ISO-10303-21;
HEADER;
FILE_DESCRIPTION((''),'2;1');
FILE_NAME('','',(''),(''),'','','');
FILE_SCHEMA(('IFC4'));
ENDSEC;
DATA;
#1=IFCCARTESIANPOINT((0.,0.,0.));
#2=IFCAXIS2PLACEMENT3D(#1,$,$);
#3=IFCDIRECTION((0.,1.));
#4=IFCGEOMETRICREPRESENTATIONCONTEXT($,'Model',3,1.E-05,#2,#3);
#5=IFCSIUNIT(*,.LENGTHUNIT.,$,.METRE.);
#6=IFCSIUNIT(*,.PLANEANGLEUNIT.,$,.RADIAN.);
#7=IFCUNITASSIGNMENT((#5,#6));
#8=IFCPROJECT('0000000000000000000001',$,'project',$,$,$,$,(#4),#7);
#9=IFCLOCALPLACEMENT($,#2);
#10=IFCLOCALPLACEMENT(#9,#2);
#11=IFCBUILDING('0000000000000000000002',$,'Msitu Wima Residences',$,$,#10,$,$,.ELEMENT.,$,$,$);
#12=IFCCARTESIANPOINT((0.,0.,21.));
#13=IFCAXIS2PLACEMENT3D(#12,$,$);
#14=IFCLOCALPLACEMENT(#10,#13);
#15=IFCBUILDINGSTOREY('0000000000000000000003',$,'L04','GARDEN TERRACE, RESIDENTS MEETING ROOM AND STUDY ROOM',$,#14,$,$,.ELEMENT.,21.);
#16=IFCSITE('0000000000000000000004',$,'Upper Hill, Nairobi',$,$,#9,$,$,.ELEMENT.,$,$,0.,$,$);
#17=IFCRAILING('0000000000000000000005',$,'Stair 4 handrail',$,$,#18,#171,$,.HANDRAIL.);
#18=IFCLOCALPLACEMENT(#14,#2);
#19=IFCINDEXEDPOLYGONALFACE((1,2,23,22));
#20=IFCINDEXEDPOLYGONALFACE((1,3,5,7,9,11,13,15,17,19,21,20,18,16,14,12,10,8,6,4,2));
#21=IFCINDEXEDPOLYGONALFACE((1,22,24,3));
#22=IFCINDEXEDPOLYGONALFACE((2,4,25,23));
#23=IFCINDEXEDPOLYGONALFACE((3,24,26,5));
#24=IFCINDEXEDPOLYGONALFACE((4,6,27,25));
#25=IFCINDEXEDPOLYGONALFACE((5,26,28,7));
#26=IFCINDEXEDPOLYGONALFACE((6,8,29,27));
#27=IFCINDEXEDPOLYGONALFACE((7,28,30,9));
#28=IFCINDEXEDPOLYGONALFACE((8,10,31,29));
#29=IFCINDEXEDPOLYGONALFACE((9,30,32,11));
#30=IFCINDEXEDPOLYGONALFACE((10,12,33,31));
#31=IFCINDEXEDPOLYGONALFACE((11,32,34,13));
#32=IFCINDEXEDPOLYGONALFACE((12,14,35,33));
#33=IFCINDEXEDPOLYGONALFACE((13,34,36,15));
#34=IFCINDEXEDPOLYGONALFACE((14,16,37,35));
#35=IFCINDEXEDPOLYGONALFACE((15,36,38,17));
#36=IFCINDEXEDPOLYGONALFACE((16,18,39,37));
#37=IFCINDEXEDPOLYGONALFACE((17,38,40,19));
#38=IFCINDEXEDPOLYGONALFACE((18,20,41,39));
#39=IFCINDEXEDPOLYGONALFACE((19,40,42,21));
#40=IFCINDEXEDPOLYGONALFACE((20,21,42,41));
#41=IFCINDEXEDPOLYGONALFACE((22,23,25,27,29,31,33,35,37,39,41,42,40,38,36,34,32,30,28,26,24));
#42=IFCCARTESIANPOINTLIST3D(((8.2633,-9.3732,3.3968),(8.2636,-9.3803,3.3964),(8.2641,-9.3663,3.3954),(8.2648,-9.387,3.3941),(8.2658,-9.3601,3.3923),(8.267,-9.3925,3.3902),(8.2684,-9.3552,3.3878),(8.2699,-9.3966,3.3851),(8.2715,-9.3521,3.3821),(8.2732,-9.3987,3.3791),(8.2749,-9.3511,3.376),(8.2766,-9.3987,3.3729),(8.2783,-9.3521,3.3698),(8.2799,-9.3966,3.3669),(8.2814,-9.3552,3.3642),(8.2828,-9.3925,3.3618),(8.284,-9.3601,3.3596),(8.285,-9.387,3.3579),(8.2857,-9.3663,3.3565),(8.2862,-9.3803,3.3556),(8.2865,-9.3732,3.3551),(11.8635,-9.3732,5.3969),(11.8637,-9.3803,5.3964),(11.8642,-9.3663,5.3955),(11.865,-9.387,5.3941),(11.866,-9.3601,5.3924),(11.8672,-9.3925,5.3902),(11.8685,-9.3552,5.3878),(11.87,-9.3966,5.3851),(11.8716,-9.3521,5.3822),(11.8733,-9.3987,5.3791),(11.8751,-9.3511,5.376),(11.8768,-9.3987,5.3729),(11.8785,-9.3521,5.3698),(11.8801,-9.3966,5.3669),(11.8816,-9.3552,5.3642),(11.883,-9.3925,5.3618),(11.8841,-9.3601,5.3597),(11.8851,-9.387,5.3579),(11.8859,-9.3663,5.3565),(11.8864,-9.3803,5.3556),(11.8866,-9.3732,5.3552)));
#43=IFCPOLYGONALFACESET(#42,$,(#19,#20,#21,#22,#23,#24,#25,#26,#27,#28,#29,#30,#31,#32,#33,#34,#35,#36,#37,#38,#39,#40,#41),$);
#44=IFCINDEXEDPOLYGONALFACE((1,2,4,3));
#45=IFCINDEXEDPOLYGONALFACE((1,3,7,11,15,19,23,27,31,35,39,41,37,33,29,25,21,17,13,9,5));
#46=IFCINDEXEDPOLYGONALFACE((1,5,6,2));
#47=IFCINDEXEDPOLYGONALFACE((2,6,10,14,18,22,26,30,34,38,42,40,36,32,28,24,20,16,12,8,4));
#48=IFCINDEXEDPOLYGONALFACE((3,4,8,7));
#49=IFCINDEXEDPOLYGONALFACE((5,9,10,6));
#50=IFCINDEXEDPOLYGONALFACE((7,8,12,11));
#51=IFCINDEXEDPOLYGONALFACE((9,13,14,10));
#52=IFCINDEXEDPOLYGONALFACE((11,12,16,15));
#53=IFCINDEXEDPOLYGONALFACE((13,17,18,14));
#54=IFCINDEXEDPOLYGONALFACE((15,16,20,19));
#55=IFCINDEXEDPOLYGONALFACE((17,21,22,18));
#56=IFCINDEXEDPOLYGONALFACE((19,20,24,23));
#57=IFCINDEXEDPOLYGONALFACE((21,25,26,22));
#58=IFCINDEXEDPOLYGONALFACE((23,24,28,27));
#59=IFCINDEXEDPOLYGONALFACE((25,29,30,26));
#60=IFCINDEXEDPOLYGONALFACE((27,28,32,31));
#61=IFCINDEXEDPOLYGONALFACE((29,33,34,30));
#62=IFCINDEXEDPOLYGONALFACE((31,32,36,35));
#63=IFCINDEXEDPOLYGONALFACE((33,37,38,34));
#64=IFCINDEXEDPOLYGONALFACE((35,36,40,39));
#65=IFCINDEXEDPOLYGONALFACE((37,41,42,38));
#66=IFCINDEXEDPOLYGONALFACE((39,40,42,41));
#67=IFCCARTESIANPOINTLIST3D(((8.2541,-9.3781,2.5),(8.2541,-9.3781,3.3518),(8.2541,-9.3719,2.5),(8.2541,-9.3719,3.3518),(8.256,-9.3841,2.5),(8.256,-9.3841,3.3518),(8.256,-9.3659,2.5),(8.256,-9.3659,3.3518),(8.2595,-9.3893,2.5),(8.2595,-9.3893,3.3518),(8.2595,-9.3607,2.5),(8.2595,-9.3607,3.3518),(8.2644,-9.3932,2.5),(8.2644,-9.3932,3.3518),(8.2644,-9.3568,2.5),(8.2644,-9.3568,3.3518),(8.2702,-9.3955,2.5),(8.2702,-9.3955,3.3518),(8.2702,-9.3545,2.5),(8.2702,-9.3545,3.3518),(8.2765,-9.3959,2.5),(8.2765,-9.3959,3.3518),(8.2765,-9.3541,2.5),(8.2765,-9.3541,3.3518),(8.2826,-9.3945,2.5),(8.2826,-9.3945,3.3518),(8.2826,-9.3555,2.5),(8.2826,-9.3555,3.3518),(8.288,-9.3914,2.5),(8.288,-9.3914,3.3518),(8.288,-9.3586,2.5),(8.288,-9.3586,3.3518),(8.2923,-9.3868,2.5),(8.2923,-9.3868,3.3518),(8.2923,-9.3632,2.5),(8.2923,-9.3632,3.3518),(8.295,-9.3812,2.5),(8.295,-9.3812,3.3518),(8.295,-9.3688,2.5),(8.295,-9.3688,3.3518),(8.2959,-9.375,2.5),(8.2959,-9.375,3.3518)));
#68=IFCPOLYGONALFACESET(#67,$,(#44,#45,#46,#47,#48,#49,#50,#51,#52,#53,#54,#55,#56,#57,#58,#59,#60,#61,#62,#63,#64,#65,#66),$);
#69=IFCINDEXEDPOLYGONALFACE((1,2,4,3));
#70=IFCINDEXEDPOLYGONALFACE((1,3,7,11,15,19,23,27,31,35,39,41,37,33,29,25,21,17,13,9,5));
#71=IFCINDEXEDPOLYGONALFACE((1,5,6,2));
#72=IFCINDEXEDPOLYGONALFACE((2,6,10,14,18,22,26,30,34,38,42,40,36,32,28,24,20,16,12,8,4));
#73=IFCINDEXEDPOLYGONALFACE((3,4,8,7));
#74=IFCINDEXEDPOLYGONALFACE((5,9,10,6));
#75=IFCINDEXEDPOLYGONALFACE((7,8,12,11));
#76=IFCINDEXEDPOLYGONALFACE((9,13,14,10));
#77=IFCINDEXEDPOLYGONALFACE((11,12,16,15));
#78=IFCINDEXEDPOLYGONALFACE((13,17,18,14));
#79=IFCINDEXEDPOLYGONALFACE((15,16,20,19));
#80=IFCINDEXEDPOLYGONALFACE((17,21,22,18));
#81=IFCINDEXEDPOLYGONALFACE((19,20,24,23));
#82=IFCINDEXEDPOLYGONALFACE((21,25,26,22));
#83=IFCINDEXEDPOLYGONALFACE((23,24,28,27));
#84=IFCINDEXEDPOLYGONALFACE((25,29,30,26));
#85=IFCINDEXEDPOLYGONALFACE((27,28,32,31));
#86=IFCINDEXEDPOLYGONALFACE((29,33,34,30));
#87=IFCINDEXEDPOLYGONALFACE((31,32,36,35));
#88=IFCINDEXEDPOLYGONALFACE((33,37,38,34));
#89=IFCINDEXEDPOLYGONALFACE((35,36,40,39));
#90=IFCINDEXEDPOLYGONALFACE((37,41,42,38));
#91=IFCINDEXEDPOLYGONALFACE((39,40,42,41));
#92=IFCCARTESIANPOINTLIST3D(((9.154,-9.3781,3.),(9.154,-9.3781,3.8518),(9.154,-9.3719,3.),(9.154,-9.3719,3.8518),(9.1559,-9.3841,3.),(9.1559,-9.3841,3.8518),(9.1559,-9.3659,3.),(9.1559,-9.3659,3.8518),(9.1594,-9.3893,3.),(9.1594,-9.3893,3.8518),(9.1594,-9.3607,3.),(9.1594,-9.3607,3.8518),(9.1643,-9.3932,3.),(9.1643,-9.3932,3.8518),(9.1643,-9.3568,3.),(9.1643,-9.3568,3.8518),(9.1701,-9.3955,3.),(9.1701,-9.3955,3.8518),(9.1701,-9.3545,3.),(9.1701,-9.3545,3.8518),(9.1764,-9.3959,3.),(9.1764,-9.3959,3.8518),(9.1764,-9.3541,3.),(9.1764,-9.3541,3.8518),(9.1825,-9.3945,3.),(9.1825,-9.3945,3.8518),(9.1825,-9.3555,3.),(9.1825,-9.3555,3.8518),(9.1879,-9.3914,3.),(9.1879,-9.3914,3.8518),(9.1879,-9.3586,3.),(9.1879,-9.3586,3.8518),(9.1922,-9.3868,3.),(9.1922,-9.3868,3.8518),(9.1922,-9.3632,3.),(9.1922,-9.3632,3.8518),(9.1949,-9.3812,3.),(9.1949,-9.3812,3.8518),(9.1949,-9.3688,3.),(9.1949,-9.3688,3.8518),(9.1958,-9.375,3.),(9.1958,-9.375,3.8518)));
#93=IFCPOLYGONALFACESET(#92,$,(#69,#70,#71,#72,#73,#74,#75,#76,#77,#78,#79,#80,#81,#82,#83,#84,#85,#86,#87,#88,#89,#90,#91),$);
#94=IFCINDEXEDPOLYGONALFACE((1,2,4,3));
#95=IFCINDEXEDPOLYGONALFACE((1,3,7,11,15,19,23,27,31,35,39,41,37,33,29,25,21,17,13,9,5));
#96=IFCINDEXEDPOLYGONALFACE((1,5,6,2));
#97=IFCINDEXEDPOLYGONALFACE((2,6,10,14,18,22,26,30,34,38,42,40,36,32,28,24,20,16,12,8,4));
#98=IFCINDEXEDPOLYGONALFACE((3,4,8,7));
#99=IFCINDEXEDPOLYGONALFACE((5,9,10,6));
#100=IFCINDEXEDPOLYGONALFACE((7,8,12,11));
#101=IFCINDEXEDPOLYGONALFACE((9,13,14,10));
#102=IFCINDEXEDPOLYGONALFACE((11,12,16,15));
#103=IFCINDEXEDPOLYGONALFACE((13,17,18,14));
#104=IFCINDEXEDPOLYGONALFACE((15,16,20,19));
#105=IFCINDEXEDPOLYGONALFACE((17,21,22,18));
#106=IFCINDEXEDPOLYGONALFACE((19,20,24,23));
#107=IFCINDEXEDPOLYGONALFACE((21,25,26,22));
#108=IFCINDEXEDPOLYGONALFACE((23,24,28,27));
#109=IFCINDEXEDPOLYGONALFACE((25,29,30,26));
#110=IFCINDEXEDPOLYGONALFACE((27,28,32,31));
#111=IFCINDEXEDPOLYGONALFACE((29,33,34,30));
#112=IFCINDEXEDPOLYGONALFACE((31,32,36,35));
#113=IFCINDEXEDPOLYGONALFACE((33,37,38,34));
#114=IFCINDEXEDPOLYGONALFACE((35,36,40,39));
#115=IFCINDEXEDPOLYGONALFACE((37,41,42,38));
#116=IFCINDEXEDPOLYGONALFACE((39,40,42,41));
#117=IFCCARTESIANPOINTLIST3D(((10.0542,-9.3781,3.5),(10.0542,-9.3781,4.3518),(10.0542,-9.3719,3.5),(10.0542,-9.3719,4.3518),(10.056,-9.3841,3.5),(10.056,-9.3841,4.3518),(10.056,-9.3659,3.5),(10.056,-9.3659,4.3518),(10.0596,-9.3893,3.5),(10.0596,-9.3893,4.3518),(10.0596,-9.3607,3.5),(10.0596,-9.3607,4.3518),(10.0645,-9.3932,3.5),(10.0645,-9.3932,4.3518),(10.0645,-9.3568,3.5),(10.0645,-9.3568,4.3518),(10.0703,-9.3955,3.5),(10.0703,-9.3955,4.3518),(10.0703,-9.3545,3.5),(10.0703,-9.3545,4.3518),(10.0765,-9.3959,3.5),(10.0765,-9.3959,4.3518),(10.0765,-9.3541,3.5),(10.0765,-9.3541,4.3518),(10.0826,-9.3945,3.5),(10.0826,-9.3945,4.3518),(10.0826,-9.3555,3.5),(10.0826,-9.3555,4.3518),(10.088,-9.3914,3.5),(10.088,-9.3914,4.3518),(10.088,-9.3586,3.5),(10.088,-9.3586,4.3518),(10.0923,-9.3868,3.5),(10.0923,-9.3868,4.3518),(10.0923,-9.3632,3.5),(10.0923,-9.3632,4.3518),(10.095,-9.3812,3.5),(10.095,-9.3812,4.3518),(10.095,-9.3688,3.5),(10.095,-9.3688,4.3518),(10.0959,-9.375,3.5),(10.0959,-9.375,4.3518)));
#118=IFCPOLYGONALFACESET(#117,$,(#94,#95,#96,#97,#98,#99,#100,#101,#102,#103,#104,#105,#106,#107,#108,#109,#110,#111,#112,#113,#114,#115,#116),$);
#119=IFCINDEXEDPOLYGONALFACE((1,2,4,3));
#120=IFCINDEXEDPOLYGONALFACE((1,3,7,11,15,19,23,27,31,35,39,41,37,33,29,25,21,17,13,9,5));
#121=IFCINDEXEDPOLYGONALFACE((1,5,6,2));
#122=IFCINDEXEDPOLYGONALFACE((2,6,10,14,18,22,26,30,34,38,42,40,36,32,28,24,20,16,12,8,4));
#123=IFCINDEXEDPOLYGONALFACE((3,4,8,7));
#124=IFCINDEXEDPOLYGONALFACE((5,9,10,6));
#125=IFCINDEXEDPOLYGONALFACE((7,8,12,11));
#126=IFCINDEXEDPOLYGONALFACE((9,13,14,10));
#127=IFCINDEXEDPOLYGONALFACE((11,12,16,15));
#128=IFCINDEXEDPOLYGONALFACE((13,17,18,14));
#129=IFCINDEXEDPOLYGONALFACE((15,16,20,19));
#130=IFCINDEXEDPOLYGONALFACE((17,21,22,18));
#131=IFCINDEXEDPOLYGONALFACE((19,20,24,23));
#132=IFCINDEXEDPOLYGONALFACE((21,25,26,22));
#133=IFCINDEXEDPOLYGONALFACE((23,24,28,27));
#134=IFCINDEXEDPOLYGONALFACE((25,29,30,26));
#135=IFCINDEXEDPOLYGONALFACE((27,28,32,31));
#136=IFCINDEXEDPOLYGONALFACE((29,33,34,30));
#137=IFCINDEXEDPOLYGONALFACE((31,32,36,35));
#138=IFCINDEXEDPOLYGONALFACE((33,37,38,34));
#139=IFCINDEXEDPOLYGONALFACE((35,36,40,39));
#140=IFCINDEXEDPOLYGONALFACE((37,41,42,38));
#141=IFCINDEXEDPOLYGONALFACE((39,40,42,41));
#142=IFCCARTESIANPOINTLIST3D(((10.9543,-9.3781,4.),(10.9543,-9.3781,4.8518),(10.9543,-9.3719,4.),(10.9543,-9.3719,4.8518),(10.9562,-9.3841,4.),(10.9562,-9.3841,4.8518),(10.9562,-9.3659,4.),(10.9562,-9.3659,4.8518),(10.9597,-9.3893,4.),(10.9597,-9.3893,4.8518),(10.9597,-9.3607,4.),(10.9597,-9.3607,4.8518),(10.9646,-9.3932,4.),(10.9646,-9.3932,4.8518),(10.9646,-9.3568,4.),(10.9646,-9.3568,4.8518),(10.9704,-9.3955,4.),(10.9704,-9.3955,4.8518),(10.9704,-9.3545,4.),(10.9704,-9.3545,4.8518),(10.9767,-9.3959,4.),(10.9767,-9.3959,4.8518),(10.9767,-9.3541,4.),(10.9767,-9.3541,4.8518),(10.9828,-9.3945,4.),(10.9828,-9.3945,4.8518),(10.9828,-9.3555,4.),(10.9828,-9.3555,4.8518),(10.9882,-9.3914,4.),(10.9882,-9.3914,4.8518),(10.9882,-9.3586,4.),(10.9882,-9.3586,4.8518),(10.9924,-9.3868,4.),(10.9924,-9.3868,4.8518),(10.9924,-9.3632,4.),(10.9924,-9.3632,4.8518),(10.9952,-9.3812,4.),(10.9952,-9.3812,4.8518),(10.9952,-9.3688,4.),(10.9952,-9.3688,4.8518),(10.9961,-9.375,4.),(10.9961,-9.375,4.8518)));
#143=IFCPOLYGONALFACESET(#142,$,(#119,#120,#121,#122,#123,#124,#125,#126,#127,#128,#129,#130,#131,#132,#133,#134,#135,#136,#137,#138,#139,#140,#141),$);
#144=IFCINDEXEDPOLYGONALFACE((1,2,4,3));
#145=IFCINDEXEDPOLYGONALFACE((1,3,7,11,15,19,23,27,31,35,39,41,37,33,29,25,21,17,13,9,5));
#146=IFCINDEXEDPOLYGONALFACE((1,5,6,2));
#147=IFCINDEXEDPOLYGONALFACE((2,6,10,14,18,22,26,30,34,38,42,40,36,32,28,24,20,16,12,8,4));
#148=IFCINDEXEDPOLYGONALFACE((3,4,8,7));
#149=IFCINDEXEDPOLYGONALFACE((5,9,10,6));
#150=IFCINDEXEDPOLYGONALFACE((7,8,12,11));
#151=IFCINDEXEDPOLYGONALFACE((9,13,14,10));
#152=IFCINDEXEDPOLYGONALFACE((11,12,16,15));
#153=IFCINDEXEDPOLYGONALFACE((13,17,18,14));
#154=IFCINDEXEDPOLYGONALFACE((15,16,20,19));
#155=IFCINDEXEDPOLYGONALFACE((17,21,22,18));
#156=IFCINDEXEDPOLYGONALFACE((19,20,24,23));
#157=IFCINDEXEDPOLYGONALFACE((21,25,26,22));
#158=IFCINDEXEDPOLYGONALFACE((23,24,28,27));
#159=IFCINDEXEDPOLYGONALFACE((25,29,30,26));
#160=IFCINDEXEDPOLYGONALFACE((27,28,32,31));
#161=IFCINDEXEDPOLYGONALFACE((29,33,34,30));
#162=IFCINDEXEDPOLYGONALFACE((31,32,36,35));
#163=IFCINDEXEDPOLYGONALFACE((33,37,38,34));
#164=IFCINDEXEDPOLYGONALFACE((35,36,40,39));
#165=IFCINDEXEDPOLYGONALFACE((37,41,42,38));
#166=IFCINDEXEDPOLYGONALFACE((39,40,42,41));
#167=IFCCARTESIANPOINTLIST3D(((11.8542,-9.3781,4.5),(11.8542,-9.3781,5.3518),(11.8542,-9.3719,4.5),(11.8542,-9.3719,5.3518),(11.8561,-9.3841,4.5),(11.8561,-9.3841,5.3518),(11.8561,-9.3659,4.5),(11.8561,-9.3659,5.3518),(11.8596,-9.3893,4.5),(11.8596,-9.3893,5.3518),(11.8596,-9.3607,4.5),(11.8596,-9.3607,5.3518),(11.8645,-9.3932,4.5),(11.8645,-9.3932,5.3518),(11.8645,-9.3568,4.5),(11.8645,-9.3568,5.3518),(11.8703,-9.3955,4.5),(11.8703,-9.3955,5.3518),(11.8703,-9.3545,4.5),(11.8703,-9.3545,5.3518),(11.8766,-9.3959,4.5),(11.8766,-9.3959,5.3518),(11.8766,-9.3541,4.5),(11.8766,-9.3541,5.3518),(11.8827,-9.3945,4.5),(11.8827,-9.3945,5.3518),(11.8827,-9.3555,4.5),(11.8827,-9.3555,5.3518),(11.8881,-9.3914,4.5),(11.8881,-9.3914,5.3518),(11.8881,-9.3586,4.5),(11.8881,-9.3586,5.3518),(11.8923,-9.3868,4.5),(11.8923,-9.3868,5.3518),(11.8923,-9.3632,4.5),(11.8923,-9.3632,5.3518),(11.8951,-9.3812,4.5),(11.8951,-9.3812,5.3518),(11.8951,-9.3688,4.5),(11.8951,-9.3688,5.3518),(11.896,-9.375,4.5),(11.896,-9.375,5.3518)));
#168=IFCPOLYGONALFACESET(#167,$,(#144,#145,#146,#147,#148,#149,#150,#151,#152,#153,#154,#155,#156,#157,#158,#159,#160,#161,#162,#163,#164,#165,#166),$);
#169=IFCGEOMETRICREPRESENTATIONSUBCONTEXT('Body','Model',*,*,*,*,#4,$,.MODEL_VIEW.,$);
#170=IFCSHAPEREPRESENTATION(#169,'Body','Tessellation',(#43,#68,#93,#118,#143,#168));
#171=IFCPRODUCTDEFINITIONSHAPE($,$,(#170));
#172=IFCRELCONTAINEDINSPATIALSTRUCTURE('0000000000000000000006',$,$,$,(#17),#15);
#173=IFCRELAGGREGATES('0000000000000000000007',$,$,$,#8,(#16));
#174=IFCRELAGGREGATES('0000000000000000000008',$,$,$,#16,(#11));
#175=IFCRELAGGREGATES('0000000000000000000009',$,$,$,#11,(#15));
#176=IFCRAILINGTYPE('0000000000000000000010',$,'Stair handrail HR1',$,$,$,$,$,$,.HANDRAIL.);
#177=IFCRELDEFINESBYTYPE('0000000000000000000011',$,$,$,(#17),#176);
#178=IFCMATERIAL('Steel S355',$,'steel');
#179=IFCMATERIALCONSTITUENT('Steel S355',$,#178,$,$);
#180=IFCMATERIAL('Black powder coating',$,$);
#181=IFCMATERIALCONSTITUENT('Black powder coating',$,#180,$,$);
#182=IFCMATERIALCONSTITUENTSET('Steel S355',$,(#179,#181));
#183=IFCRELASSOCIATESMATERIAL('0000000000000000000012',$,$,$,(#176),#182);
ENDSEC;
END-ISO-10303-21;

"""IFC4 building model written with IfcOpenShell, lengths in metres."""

from ifc_helpers import new_model, si_unit, direction, frame, origin, origin_2d, place, context, subcontext, project, spatial, circle, extrude, material, constituent, constituent_set, type_object, element, save


model = new_model("IFC4")

# Units and contexts
model_context = context("Model", 3, precision=1e-05, world=origin(), true_north=direction((0.0, 1.0)))
body_context = subcontext(model_context, "Body", "Model", "MODEL_VIEW")
ifc_project = project(units=[si_unit("LENGTHUNIT", "METRE"), si_unit("PLANEANGLEUNIT", "RADIAN")], contexts=[model_context])

# Site, building, storey
site_placement = place(None, origin())
site = spatial("IfcSite", under=ifc_project, at=site_placement, Name="Upper Hill, Nairobi", CompositionType="ELEMENT", RefElevation=0.0)
building_placement = place(site_placement, origin())
building = spatial("IfcBuilding", under=site, at=building_placement, Name="Msitu Wima Residences", CompositionType="ELEMENT")
storey_placement = place(building_placement, frame((0.0, 0.0, 21.0)))
storey = spatial("IfcBuildingStorey", under=building, at=storey_placement, Name="L04", Description="GARDEN TERRACE, RESIDENTS MEETING ROOM AND STUDY ROOM", CompositionType="ELEMENT", Elevation=21.0)

# Railing
ifc_material_1 = material(Name="Steel S355", Category="steel")
ifc_constituent_1 = constituent(ifc_material_1, Name="Steel S355")
ifc_material_2 = material(Name="Black powder coating")
ifc_constituent_2 = constituent(ifc_material_2, Name="Black powder coating")
ifc_constituent_set = constituent_set(constituents=[ifc_constituent_1, ifc_constituent_2], Name="Steel S355")
railing_type = type_object("IfcRailingType", Name="Stair handrail HR1", PredefinedType="HANDRAIL", material=ifc_constituent_set)
for number, where, name in (
    (1, (8.2749, -9.375, 2.5), "Stair 4 handrail"),
):
    element("IfcRailing", number, at=place(storey_placement, frame(where)), inside=storey, type_object=railing_type, Name=name, PredefinedType="HANDRAIL", context=body_context, shape_type="SweptSolid", body=[
        extrude(circle(Radius=0.0239, at=origin_2d()), frame((0.0, 0.0, 0.876), z_axis=(0.874163, 0.0, 0.485633), x_axis=(0.0, 1.0, 0.0)), (0.0, 0.0, 1.0), 4.1184),
        extrude(circle(Radius=0.021, at=origin_2d()), origin(), (0.0, 0.0, 1.0), 0.8518),
        extrude(circle(Radius=0.021, at=origin_2d()), frame((0.8999, 0.0, 0.5)), (0.0, 0.0, 1.0), 0.8518),
        extrude(circle(Radius=0.021, at=origin_2d()), frame((1.8, 0.0, 1.0)), (0.0, 0.0, 1.0), 0.8518),
        extrude(circle(Radius=0.021, at=origin_2d()), frame((2.7002, 0.0, 1.5)), (0.0, 0.0, 1.0), 0.8518),
        extrude(circle(Radius=0.021, at=origin_2d()), frame((3.6001, 0.0, 2.0)), (0.0, 0.0, 1.0), 0.8518),
    ])

save(model, "model.ifc")
